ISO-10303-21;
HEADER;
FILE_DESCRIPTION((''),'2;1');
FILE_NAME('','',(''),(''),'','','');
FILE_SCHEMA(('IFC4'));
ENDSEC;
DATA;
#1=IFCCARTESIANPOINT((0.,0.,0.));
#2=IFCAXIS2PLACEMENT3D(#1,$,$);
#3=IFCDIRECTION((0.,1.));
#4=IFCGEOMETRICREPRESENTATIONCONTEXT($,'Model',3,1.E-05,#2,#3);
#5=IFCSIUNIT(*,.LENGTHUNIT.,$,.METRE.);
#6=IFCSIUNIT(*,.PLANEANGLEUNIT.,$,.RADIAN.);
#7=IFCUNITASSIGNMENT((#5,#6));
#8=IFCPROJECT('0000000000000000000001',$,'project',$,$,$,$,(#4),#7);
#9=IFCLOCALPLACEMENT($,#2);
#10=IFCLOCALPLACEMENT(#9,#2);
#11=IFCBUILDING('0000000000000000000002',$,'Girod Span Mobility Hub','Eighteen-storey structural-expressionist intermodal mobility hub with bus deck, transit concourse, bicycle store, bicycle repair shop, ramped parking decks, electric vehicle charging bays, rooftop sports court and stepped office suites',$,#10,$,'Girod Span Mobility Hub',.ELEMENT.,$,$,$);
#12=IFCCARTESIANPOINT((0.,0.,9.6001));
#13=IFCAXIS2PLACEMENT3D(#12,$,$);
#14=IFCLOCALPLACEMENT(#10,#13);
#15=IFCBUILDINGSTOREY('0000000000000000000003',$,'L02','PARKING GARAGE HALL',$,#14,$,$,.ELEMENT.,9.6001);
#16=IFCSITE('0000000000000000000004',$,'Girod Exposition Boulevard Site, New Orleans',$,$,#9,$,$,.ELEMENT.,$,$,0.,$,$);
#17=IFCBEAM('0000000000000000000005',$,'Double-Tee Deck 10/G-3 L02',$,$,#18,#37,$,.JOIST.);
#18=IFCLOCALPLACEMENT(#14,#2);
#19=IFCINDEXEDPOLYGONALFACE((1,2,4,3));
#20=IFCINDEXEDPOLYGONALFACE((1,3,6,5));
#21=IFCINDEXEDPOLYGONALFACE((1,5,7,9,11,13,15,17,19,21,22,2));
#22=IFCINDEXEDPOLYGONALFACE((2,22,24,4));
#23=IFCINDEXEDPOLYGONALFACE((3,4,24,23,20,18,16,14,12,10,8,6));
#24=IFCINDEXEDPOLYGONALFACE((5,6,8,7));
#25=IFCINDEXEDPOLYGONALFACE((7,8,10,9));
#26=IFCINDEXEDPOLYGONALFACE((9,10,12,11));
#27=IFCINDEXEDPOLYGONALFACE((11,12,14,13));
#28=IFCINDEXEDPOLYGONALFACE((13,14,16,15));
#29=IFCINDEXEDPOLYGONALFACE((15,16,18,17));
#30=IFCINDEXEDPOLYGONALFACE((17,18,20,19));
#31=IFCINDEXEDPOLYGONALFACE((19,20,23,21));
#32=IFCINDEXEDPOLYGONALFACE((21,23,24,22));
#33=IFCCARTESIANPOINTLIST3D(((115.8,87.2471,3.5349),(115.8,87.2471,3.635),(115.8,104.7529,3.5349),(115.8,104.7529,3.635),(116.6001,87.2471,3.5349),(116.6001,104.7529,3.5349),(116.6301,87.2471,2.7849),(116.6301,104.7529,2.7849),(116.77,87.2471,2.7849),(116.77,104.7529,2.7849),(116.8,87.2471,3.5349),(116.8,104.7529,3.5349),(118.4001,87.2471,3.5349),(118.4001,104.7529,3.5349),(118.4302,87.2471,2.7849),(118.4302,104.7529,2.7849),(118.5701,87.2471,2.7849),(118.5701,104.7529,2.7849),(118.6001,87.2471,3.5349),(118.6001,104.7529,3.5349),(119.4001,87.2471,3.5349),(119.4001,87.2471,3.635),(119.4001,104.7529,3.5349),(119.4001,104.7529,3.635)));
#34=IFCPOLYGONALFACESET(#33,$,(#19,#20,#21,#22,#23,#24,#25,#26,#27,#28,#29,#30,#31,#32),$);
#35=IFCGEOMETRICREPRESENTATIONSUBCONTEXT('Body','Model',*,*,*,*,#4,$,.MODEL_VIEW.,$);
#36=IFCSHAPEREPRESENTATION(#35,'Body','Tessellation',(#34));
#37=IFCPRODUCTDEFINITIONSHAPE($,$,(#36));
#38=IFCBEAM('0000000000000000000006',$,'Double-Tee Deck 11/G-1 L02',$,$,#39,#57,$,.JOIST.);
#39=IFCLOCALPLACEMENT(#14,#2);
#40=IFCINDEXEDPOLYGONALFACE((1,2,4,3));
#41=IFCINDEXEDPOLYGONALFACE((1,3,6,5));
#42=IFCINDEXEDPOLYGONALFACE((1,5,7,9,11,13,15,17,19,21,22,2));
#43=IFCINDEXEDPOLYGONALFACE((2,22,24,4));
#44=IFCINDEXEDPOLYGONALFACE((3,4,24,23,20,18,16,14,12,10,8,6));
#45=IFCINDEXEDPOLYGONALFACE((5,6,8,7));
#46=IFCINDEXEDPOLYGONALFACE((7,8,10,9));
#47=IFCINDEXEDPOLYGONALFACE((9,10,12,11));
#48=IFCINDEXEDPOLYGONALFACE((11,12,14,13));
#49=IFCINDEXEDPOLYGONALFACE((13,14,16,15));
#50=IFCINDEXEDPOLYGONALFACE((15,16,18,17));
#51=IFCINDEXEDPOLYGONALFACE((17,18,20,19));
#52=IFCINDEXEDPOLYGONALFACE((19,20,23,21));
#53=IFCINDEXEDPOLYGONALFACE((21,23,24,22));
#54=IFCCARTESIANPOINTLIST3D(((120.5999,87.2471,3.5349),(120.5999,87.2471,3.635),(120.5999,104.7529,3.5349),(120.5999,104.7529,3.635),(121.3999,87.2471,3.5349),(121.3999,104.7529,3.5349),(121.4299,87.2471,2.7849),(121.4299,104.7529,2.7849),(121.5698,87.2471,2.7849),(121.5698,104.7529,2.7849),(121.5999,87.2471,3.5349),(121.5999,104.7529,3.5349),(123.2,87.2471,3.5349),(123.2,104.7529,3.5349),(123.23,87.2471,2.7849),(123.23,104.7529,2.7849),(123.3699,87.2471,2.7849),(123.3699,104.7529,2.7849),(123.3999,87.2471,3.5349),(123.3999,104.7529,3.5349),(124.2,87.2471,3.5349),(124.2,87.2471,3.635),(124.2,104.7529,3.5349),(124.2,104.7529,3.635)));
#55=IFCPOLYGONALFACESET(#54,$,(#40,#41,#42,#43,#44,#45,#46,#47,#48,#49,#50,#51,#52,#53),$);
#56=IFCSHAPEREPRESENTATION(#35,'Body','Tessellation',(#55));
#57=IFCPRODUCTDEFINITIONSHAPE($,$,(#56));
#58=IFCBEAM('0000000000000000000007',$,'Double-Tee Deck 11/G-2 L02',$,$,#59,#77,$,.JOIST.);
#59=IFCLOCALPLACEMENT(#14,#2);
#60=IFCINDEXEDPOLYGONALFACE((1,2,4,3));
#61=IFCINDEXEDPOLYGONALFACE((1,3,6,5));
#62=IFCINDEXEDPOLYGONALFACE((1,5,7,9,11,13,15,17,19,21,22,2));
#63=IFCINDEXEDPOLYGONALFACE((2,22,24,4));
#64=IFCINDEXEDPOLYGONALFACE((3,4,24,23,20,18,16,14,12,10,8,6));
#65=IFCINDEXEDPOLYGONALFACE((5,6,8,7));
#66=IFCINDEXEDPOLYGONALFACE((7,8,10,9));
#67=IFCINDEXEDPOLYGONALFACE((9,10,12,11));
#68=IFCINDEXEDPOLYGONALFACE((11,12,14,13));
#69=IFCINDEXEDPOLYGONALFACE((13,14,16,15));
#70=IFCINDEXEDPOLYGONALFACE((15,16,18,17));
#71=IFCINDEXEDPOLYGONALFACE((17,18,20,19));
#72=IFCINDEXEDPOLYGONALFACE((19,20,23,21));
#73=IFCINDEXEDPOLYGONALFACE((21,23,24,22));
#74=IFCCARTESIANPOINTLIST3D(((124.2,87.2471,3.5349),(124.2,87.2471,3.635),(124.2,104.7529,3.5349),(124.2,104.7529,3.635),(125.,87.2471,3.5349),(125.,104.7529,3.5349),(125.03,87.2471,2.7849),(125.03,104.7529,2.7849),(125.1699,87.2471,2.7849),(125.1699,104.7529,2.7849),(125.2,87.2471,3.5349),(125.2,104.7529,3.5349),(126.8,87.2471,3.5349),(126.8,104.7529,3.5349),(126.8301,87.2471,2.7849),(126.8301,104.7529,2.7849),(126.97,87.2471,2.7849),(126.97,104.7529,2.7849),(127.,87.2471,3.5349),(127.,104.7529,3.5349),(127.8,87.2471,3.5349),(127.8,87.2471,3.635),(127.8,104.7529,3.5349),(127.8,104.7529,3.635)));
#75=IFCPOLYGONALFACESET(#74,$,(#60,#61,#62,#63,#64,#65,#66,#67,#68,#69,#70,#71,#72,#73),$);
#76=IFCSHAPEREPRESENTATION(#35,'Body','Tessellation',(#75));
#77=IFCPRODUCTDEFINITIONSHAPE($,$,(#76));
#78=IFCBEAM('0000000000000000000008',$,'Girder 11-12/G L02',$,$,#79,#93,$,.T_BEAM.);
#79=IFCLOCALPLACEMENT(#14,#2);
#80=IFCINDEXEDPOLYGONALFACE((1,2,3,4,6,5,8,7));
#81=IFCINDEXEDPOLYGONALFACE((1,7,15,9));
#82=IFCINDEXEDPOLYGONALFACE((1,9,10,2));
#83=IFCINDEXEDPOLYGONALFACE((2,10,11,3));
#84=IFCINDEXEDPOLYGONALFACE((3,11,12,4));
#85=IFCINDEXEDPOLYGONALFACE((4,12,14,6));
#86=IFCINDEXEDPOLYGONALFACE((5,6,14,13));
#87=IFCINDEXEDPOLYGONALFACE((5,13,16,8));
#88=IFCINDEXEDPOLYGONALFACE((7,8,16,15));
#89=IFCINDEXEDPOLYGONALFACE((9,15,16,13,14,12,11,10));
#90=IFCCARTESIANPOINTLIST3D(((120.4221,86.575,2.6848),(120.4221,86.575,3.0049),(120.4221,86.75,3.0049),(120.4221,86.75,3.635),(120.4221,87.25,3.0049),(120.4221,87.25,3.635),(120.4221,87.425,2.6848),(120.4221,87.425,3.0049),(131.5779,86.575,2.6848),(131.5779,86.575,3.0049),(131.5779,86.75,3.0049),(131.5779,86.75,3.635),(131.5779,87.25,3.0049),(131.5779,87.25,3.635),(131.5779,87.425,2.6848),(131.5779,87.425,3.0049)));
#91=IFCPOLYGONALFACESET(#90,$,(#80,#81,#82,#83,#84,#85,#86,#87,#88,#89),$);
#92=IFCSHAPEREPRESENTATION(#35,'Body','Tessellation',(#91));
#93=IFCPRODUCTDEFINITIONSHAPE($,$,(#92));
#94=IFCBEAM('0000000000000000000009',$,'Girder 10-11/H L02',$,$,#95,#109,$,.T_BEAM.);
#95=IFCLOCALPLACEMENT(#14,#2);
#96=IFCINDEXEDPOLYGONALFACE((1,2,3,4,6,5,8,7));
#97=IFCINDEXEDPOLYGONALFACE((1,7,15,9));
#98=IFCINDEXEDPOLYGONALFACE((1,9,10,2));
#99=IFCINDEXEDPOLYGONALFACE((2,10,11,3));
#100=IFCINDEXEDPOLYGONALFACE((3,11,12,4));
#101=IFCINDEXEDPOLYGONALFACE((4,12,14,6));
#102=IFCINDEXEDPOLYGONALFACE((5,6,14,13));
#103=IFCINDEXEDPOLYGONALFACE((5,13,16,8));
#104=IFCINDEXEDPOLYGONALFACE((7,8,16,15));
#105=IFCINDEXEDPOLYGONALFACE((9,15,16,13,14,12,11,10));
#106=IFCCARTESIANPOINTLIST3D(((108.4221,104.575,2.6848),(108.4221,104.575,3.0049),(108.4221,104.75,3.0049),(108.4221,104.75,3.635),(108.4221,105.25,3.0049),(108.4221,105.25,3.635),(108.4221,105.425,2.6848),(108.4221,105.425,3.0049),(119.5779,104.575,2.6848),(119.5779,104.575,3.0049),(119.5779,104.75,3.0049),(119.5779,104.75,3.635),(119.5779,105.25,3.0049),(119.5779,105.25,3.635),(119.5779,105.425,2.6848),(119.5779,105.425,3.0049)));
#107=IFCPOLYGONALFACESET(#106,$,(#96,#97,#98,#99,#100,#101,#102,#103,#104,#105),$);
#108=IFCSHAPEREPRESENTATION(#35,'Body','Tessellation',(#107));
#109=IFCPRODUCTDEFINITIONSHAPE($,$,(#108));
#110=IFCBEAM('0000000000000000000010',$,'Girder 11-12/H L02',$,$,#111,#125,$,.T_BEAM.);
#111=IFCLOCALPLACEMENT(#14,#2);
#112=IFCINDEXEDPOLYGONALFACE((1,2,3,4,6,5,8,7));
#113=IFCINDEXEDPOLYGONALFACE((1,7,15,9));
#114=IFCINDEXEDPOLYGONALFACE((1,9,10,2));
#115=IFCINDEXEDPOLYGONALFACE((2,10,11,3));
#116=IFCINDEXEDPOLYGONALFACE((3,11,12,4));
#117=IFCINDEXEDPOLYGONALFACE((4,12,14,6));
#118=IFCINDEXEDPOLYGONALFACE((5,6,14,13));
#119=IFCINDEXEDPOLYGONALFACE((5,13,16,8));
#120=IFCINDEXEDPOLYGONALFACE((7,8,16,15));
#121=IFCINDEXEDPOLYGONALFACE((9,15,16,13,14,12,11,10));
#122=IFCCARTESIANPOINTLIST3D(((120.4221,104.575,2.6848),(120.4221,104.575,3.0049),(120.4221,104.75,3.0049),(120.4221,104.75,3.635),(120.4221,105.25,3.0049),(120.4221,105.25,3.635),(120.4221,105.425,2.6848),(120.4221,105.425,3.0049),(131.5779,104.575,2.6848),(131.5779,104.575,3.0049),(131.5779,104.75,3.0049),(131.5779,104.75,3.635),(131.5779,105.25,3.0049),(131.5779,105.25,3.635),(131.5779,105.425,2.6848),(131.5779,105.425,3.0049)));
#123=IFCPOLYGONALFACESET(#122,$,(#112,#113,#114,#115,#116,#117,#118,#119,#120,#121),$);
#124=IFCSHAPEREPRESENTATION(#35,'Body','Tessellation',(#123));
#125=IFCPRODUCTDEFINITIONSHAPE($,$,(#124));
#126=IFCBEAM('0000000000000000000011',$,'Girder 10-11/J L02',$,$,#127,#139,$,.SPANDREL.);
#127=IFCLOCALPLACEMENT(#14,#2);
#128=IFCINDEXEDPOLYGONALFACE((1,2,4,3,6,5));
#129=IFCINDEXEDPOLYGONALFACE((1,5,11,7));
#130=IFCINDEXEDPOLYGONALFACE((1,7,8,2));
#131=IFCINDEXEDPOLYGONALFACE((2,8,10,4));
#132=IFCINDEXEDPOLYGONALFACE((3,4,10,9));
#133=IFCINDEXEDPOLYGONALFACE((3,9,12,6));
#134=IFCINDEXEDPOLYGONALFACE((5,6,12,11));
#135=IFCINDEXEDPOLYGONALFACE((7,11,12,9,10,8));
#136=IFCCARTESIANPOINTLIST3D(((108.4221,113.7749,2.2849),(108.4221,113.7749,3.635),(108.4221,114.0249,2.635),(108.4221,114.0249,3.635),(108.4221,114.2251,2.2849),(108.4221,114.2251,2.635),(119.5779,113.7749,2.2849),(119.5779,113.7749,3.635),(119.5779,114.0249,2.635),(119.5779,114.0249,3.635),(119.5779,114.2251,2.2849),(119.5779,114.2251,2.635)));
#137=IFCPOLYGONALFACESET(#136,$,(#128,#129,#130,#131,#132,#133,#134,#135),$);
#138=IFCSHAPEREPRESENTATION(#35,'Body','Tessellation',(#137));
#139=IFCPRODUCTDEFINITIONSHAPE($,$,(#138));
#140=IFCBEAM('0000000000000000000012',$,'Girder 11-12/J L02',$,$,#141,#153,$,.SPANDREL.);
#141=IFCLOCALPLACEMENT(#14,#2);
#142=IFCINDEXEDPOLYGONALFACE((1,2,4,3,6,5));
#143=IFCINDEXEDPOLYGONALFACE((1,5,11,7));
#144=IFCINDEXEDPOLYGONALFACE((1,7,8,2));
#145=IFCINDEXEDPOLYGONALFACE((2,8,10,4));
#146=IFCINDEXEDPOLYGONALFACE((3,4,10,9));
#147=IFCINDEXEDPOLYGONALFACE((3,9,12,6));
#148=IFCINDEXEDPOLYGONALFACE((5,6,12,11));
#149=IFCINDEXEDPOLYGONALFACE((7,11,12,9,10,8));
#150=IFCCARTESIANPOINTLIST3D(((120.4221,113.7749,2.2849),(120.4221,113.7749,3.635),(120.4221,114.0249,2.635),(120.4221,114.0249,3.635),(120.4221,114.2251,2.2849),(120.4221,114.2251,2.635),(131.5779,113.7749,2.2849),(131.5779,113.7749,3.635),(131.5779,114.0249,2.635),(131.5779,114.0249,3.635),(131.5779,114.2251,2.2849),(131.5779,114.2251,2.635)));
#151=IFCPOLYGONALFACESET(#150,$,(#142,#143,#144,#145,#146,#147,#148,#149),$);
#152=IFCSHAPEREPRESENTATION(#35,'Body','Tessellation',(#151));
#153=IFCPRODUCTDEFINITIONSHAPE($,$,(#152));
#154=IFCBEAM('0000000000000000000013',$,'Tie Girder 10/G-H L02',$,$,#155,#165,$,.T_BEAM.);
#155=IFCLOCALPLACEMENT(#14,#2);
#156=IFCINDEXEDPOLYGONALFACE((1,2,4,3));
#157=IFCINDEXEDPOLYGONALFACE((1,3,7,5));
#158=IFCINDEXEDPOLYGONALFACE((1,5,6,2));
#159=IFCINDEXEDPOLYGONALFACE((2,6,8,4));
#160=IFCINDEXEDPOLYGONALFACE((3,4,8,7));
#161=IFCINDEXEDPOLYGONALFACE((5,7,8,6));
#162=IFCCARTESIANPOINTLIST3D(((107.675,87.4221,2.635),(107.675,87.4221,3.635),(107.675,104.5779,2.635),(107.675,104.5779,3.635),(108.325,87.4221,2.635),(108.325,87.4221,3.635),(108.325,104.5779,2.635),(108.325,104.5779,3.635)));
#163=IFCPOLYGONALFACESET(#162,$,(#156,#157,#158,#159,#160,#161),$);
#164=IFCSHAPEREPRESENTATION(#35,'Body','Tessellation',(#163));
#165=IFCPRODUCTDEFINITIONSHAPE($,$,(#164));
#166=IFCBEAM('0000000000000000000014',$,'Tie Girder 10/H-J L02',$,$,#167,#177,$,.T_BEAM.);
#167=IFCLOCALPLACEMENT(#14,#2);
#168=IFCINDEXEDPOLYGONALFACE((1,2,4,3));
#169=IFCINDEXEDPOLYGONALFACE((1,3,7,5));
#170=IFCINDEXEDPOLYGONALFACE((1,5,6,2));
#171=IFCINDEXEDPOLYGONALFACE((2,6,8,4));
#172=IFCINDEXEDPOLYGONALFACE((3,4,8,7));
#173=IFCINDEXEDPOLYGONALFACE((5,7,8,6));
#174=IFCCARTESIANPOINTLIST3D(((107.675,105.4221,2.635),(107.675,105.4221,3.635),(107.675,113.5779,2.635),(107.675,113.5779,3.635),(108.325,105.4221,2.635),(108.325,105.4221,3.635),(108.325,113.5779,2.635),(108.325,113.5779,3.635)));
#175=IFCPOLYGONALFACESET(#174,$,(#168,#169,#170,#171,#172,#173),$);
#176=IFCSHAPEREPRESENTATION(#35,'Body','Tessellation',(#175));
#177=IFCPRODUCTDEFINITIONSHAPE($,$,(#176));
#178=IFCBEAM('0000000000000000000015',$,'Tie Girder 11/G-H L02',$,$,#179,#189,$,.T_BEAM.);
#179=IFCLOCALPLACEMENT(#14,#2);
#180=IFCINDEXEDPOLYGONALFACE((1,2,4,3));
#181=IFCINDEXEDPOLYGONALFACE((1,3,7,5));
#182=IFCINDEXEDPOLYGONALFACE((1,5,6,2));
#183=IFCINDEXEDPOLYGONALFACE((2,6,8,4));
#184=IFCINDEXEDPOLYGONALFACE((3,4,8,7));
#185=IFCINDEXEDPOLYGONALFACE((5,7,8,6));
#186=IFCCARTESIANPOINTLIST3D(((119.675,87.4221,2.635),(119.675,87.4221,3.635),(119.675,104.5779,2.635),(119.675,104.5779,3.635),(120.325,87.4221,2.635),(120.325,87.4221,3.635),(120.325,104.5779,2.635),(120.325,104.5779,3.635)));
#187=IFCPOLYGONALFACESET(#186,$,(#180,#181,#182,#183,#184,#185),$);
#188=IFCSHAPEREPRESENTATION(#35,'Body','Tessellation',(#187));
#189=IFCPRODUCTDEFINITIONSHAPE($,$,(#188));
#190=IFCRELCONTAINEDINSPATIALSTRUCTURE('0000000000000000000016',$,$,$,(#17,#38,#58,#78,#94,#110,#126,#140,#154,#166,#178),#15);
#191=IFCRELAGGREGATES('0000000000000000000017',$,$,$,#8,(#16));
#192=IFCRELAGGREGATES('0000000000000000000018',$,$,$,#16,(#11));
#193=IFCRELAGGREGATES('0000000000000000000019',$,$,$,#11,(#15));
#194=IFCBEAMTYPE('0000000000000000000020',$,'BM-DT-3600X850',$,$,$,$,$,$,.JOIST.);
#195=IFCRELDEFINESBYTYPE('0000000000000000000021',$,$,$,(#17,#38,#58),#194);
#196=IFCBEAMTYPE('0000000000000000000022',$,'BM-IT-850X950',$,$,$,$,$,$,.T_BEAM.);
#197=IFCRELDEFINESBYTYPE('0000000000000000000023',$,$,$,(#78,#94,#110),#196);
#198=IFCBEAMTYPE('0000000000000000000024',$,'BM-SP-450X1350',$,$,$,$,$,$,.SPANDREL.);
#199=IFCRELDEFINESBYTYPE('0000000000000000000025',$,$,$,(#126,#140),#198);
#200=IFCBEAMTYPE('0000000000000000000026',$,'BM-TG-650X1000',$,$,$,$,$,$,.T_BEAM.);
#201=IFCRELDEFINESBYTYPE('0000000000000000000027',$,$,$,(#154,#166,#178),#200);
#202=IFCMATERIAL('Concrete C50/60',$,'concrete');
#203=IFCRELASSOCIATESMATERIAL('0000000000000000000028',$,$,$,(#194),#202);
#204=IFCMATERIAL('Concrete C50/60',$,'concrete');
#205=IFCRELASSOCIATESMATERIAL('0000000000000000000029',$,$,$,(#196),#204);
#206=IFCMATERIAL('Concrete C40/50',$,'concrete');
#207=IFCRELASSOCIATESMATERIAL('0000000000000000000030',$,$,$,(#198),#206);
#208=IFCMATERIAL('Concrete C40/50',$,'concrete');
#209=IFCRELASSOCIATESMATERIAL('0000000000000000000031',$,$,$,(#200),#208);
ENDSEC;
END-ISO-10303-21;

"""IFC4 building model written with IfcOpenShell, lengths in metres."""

from ifc_helpers import new_model, si_unit, direction, frame, origin, origin_2d, place, context, subcontext, project, spatial, polyline, rectangle, outline, extrude, material, material_profile, profile_set, type_object, element, save


model = new_model("IFC4")

# Units and contexts
model_context = context("Model", 3, precision=1e-05, world=origin(), true_north=direction((0.0, 1.0)))
body_context = subcontext(model_context, "Body", "Model", "MODEL_VIEW")
ifc_project = project(units=[si_unit("LENGTHUNIT", "METRE"), si_unit("PLANEANGLEUNIT", "RADIAN")], contexts=[model_context])

# Site, building, storey
site_placement = place(None, origin())
site = spatial("IfcSite", under=ifc_project, at=site_placement, Name="Girod Exposition Boulevard Site, New Orleans", CompositionType="ELEMENT", RefElevation=0.0)
building_placement = place(site_placement, origin())
building = spatial("IfcBuilding", under=site, at=building_placement, Name="Girod Span Mobility Hub", Description="Eighteen-storey structural-expressionist intermodal mobility hub with bus deck, transit concourse, bicycle store, bicycle repair shop, ramped parking decks, electric vehicle charging bays, rooftop sports court and stepped office suites", LongName="Girod Span Mobility Hub", CompositionType="ELEMENT")
storey_placement = place(building_placement, frame((0.0, 0.0, 9.6001)))
storey = spatial("IfcBuildingStorey", under=building, at=storey_placement, Name="L02", Description="PARKING GARAGE HALL", CompositionType="ELEMENT", Elevation=9.6001)

# Beams
ifc_material_1 = material(Name="Concrete C50/60", Category="concrete")
ifc_material_profile_1 = material_profile(ifc_material_1, outline(polyline([(-1.8, 0.425), (-1.8, 0.325), (-1.0, 0.325), (-0.97, -0.425), (-0.8301, -0.425), (-0.8, 0.325), (0.8, 0.325), (0.8301, -0.425), (0.97, -0.425), (1.0, 0.325), (1.8, 0.325), (1.8, 0.425), (-1.8, 0.425)])), Name="DT-3600X850")
ifc_profile_set_1 = profile_set([ifc_material_profile_1], Name="Concrete C50/60")
beam_type_1 = type_object("IfcBeamType", Name="BM-DT-3600X850", PredefinedType="JOIST", material=ifc_profile_set_1)
for number, where, z_axis, x_axis, name in (
    (1, (117.6001, 87.2471, 3.21), (0.0, 1.0, 0.0), (-1.0, 0.0, 0.0), "Double-Tee Deck 10/G-3 L02"),
    (2, (122.3999, 87.2471, 3.21), (0.0, 1.0, 0.0), (-1.0, 0.0, 0.0), "Double-Tee Deck 11/G-1 L02"),
    (3, (126.0, 87.2471, 3.21), (0.0, 1.0, 0.0), (-1.0, 0.0, 0.0), "Double-Tee Deck 11/G-2 L02"),
):
    element("IfcBeam", number, at=place(storey_placement, frame(where, z_axis=z_axis, x_axis=x_axis)), inside=storey, type_object=beam_type_1, Name=name, PredefinedType="JOIST", context=body_context, shape_type="SweptSolid", body=[
        extrude(outline(polyline([(-1.8, 0.425), (-1.8, 0.325), (-1.0, 0.325), (-0.97, -0.425), (-0.8301, -0.425), (-0.8, 0.325), (0.8, 0.325), (0.8301, -0.425), (0.97, -0.425), (1.0, 0.325), (1.8, 0.325), (1.8, 0.425), (-1.8, 0.425)])), origin(), (0.0, 0.0, 1.0), 17.5059),
    ])
ifc_material_2 = material(Name="Concrete C50/60", Category="concrete")
ifc_material_profile_2 = material_profile(ifc_material_2, outline(polyline([(-0.425, -0.4751), (0.425, -0.4751), (0.425, -0.155), (0.25, -0.155), (0.25, 0.4751), (-0.25, 0.4751), (-0.25, -0.155), (-0.425, -0.155), (-0.425, -0.4751)])), Name="IT-850X950")
ifc_profile_set_2 = profile_set([ifc_material_profile_2], Name="Concrete C50/60")
beam_type_2 = type_object("IfcBeamType", Name="BM-IT-850X950", PredefinedType="T_BEAM", material=ifc_profile_set_2)
for number, where, z_axis, x_axis, name in (
    (4, (120.4221, 87.0, 3.1599), (1.0, 0.0, 0.0), (0.0, 1.0, 0.0), "Girder 11-12/G L02"),
    (5, (108.4221, 105.0, 3.1599), (1.0, 0.0, 0.0), (0.0, 1.0, 0.0), "Girder 10-11/H L02"),
    (6, (120.4221, 105.0, 3.1599), (1.0, 0.0, 0.0), (0.0, 1.0, 0.0), "Girder 11-12/H L02"),
):
    element("IfcBeam", number, at=place(storey_placement, frame(where, z_axis=z_axis, x_axis=x_axis)), inside=storey, type_object=beam_type_2, Name=name, PredefinedType="T_BEAM", context=body_context, shape_type="SweptSolid", body=[
        extrude(outline(polyline([(-0.425, -0.4751), (0.425, -0.4751), (0.425, -0.155), (0.25, -0.155), (0.25, 0.4751), (-0.25, 0.4751), (-0.25, -0.155), (-0.425, -0.155), (-0.425, -0.4751)])), origin(), (0.0, 0.0, 1.0), 11.1558),
    ])
ifc_material_3 = material(Name="Concrete C40/50", Category="concrete")
ifc_material_profile_3 = material_profile(ifc_material_3, outline(polyline([(-0.2251, -0.675), (0.2251, -0.675), (0.2251, -0.325), (0.0249, -0.325), (0.0249, 0.675), (-0.2251, 0.675), (-0.2251, -0.675)])), Name="SP-450X1350")
ifc_profile_set_3 = profile_set([ifc_material_profile_3], Name="Concrete C40/50")
beam_type_3 = type_object("IfcBeamType", Name="BM-SP-450X1350", PredefinedType="SPANDREL", material=ifc_profile_set_3)
for number, where, z_axis, x_axis, name in (
    (7, (108.4221, 114.0, 2.96), (1.0, 0.0, 0.0), (0.0, 1.0, 0.0), "Girder 10-11/J L02"),
    (8, (120.4221, 114.0, 2.96), (1.0, 0.0, 0.0), (0.0, 1.0, 0.0), "Girder 11-12/J L02"),
):
    element("IfcBeam", number, at=place(storey_placement, frame(where, z_axis=z_axis, x_axis=x_axis)), inside=storey, type_object=beam_type_3, Name=name, PredefinedType="SPANDREL", context=body_context, shape_type="SweptSolid", body=[
        extrude(outline(polyline([(-0.2251, -0.675), (0.2251, -0.675), (0.2251, -0.325), (0.0249, -0.325), (0.0249, 0.675), (-0.2251, 0.675), (-0.2251, -0.675)])), origin(), (0.0, 0.0, 1.0), 11.1558),
    ])
ifc_material_4 = material(Name="Concrete C40/50", Category="concrete")
ifc_material_profile_4 = material_profile(ifc_material_4, rectangle(XDim=0.6499, YDim=1.0, at=origin_2d()), Name="TG-650X1000")
ifc_profile_set_4 = profile_set([ifc_material_profile_4], Name="Concrete C40/50")
beam_type_4 = type_object("IfcBeamType", Name="BM-TG-650X1000", PredefinedType="T_BEAM", material=ifc_profile_set_4)
beam_1_placement = place(storey_placement, frame((108.0, 87.4221, 3.135), z_axis=(0.0, 1.0, 0.0), x_axis=(-1.0, 0.0, 0.0)))
element("IfcBeam", 9, at=beam_1_placement, inside=storey, type_object=beam_type_4, Name="Tie Girder 10/G-H L02", PredefinedType="T_BEAM", context=body_context, shape_type="SweptSolid", body=[
    extrude(rectangle(XDim=0.6499, YDim=1.0, at=origin_2d()), origin(), (0.0, 0.0, 1.0), 17.1558),
])
beam_2_placement = place(storey_placement, frame((108.0, 105.4221, 3.135), z_axis=(0.0, 1.0, 0.0), x_axis=(-1.0, 0.0, 0.0)))
element("IfcBeam", 10, at=beam_2_placement, inside=storey, type_object=beam_type_4, Name="Tie Girder 10/H-J L02", PredefinedType="T_BEAM", context=body_context, shape_type="SweptSolid", body=[
    extrude(rectangle(XDim=0.6499, YDim=1.0, at=origin_2d()), origin(), (0.0, 0.0, 1.0), 8.1558),
])
beam_3_placement = place(storey_placement, frame((120.0, 87.4221, 3.135), z_axis=(0.0, 1.0, 0.0), x_axis=(-1.0, 0.0, 0.0)))
element("IfcBeam", 11, at=beam_3_placement, inside=storey, type_object=beam_type_4, Name="Tie Girder 11/G-H L02", PredefinedType="T_BEAM", context=body_context, shape_type="SweptSolid", body=[
    extrude(rectangle(XDim=0.6499, YDim=1.0, at=origin_2d()), origin(), (0.0, 0.0, 1.0), 17.1558),
])

save(model, "model.ifc")
